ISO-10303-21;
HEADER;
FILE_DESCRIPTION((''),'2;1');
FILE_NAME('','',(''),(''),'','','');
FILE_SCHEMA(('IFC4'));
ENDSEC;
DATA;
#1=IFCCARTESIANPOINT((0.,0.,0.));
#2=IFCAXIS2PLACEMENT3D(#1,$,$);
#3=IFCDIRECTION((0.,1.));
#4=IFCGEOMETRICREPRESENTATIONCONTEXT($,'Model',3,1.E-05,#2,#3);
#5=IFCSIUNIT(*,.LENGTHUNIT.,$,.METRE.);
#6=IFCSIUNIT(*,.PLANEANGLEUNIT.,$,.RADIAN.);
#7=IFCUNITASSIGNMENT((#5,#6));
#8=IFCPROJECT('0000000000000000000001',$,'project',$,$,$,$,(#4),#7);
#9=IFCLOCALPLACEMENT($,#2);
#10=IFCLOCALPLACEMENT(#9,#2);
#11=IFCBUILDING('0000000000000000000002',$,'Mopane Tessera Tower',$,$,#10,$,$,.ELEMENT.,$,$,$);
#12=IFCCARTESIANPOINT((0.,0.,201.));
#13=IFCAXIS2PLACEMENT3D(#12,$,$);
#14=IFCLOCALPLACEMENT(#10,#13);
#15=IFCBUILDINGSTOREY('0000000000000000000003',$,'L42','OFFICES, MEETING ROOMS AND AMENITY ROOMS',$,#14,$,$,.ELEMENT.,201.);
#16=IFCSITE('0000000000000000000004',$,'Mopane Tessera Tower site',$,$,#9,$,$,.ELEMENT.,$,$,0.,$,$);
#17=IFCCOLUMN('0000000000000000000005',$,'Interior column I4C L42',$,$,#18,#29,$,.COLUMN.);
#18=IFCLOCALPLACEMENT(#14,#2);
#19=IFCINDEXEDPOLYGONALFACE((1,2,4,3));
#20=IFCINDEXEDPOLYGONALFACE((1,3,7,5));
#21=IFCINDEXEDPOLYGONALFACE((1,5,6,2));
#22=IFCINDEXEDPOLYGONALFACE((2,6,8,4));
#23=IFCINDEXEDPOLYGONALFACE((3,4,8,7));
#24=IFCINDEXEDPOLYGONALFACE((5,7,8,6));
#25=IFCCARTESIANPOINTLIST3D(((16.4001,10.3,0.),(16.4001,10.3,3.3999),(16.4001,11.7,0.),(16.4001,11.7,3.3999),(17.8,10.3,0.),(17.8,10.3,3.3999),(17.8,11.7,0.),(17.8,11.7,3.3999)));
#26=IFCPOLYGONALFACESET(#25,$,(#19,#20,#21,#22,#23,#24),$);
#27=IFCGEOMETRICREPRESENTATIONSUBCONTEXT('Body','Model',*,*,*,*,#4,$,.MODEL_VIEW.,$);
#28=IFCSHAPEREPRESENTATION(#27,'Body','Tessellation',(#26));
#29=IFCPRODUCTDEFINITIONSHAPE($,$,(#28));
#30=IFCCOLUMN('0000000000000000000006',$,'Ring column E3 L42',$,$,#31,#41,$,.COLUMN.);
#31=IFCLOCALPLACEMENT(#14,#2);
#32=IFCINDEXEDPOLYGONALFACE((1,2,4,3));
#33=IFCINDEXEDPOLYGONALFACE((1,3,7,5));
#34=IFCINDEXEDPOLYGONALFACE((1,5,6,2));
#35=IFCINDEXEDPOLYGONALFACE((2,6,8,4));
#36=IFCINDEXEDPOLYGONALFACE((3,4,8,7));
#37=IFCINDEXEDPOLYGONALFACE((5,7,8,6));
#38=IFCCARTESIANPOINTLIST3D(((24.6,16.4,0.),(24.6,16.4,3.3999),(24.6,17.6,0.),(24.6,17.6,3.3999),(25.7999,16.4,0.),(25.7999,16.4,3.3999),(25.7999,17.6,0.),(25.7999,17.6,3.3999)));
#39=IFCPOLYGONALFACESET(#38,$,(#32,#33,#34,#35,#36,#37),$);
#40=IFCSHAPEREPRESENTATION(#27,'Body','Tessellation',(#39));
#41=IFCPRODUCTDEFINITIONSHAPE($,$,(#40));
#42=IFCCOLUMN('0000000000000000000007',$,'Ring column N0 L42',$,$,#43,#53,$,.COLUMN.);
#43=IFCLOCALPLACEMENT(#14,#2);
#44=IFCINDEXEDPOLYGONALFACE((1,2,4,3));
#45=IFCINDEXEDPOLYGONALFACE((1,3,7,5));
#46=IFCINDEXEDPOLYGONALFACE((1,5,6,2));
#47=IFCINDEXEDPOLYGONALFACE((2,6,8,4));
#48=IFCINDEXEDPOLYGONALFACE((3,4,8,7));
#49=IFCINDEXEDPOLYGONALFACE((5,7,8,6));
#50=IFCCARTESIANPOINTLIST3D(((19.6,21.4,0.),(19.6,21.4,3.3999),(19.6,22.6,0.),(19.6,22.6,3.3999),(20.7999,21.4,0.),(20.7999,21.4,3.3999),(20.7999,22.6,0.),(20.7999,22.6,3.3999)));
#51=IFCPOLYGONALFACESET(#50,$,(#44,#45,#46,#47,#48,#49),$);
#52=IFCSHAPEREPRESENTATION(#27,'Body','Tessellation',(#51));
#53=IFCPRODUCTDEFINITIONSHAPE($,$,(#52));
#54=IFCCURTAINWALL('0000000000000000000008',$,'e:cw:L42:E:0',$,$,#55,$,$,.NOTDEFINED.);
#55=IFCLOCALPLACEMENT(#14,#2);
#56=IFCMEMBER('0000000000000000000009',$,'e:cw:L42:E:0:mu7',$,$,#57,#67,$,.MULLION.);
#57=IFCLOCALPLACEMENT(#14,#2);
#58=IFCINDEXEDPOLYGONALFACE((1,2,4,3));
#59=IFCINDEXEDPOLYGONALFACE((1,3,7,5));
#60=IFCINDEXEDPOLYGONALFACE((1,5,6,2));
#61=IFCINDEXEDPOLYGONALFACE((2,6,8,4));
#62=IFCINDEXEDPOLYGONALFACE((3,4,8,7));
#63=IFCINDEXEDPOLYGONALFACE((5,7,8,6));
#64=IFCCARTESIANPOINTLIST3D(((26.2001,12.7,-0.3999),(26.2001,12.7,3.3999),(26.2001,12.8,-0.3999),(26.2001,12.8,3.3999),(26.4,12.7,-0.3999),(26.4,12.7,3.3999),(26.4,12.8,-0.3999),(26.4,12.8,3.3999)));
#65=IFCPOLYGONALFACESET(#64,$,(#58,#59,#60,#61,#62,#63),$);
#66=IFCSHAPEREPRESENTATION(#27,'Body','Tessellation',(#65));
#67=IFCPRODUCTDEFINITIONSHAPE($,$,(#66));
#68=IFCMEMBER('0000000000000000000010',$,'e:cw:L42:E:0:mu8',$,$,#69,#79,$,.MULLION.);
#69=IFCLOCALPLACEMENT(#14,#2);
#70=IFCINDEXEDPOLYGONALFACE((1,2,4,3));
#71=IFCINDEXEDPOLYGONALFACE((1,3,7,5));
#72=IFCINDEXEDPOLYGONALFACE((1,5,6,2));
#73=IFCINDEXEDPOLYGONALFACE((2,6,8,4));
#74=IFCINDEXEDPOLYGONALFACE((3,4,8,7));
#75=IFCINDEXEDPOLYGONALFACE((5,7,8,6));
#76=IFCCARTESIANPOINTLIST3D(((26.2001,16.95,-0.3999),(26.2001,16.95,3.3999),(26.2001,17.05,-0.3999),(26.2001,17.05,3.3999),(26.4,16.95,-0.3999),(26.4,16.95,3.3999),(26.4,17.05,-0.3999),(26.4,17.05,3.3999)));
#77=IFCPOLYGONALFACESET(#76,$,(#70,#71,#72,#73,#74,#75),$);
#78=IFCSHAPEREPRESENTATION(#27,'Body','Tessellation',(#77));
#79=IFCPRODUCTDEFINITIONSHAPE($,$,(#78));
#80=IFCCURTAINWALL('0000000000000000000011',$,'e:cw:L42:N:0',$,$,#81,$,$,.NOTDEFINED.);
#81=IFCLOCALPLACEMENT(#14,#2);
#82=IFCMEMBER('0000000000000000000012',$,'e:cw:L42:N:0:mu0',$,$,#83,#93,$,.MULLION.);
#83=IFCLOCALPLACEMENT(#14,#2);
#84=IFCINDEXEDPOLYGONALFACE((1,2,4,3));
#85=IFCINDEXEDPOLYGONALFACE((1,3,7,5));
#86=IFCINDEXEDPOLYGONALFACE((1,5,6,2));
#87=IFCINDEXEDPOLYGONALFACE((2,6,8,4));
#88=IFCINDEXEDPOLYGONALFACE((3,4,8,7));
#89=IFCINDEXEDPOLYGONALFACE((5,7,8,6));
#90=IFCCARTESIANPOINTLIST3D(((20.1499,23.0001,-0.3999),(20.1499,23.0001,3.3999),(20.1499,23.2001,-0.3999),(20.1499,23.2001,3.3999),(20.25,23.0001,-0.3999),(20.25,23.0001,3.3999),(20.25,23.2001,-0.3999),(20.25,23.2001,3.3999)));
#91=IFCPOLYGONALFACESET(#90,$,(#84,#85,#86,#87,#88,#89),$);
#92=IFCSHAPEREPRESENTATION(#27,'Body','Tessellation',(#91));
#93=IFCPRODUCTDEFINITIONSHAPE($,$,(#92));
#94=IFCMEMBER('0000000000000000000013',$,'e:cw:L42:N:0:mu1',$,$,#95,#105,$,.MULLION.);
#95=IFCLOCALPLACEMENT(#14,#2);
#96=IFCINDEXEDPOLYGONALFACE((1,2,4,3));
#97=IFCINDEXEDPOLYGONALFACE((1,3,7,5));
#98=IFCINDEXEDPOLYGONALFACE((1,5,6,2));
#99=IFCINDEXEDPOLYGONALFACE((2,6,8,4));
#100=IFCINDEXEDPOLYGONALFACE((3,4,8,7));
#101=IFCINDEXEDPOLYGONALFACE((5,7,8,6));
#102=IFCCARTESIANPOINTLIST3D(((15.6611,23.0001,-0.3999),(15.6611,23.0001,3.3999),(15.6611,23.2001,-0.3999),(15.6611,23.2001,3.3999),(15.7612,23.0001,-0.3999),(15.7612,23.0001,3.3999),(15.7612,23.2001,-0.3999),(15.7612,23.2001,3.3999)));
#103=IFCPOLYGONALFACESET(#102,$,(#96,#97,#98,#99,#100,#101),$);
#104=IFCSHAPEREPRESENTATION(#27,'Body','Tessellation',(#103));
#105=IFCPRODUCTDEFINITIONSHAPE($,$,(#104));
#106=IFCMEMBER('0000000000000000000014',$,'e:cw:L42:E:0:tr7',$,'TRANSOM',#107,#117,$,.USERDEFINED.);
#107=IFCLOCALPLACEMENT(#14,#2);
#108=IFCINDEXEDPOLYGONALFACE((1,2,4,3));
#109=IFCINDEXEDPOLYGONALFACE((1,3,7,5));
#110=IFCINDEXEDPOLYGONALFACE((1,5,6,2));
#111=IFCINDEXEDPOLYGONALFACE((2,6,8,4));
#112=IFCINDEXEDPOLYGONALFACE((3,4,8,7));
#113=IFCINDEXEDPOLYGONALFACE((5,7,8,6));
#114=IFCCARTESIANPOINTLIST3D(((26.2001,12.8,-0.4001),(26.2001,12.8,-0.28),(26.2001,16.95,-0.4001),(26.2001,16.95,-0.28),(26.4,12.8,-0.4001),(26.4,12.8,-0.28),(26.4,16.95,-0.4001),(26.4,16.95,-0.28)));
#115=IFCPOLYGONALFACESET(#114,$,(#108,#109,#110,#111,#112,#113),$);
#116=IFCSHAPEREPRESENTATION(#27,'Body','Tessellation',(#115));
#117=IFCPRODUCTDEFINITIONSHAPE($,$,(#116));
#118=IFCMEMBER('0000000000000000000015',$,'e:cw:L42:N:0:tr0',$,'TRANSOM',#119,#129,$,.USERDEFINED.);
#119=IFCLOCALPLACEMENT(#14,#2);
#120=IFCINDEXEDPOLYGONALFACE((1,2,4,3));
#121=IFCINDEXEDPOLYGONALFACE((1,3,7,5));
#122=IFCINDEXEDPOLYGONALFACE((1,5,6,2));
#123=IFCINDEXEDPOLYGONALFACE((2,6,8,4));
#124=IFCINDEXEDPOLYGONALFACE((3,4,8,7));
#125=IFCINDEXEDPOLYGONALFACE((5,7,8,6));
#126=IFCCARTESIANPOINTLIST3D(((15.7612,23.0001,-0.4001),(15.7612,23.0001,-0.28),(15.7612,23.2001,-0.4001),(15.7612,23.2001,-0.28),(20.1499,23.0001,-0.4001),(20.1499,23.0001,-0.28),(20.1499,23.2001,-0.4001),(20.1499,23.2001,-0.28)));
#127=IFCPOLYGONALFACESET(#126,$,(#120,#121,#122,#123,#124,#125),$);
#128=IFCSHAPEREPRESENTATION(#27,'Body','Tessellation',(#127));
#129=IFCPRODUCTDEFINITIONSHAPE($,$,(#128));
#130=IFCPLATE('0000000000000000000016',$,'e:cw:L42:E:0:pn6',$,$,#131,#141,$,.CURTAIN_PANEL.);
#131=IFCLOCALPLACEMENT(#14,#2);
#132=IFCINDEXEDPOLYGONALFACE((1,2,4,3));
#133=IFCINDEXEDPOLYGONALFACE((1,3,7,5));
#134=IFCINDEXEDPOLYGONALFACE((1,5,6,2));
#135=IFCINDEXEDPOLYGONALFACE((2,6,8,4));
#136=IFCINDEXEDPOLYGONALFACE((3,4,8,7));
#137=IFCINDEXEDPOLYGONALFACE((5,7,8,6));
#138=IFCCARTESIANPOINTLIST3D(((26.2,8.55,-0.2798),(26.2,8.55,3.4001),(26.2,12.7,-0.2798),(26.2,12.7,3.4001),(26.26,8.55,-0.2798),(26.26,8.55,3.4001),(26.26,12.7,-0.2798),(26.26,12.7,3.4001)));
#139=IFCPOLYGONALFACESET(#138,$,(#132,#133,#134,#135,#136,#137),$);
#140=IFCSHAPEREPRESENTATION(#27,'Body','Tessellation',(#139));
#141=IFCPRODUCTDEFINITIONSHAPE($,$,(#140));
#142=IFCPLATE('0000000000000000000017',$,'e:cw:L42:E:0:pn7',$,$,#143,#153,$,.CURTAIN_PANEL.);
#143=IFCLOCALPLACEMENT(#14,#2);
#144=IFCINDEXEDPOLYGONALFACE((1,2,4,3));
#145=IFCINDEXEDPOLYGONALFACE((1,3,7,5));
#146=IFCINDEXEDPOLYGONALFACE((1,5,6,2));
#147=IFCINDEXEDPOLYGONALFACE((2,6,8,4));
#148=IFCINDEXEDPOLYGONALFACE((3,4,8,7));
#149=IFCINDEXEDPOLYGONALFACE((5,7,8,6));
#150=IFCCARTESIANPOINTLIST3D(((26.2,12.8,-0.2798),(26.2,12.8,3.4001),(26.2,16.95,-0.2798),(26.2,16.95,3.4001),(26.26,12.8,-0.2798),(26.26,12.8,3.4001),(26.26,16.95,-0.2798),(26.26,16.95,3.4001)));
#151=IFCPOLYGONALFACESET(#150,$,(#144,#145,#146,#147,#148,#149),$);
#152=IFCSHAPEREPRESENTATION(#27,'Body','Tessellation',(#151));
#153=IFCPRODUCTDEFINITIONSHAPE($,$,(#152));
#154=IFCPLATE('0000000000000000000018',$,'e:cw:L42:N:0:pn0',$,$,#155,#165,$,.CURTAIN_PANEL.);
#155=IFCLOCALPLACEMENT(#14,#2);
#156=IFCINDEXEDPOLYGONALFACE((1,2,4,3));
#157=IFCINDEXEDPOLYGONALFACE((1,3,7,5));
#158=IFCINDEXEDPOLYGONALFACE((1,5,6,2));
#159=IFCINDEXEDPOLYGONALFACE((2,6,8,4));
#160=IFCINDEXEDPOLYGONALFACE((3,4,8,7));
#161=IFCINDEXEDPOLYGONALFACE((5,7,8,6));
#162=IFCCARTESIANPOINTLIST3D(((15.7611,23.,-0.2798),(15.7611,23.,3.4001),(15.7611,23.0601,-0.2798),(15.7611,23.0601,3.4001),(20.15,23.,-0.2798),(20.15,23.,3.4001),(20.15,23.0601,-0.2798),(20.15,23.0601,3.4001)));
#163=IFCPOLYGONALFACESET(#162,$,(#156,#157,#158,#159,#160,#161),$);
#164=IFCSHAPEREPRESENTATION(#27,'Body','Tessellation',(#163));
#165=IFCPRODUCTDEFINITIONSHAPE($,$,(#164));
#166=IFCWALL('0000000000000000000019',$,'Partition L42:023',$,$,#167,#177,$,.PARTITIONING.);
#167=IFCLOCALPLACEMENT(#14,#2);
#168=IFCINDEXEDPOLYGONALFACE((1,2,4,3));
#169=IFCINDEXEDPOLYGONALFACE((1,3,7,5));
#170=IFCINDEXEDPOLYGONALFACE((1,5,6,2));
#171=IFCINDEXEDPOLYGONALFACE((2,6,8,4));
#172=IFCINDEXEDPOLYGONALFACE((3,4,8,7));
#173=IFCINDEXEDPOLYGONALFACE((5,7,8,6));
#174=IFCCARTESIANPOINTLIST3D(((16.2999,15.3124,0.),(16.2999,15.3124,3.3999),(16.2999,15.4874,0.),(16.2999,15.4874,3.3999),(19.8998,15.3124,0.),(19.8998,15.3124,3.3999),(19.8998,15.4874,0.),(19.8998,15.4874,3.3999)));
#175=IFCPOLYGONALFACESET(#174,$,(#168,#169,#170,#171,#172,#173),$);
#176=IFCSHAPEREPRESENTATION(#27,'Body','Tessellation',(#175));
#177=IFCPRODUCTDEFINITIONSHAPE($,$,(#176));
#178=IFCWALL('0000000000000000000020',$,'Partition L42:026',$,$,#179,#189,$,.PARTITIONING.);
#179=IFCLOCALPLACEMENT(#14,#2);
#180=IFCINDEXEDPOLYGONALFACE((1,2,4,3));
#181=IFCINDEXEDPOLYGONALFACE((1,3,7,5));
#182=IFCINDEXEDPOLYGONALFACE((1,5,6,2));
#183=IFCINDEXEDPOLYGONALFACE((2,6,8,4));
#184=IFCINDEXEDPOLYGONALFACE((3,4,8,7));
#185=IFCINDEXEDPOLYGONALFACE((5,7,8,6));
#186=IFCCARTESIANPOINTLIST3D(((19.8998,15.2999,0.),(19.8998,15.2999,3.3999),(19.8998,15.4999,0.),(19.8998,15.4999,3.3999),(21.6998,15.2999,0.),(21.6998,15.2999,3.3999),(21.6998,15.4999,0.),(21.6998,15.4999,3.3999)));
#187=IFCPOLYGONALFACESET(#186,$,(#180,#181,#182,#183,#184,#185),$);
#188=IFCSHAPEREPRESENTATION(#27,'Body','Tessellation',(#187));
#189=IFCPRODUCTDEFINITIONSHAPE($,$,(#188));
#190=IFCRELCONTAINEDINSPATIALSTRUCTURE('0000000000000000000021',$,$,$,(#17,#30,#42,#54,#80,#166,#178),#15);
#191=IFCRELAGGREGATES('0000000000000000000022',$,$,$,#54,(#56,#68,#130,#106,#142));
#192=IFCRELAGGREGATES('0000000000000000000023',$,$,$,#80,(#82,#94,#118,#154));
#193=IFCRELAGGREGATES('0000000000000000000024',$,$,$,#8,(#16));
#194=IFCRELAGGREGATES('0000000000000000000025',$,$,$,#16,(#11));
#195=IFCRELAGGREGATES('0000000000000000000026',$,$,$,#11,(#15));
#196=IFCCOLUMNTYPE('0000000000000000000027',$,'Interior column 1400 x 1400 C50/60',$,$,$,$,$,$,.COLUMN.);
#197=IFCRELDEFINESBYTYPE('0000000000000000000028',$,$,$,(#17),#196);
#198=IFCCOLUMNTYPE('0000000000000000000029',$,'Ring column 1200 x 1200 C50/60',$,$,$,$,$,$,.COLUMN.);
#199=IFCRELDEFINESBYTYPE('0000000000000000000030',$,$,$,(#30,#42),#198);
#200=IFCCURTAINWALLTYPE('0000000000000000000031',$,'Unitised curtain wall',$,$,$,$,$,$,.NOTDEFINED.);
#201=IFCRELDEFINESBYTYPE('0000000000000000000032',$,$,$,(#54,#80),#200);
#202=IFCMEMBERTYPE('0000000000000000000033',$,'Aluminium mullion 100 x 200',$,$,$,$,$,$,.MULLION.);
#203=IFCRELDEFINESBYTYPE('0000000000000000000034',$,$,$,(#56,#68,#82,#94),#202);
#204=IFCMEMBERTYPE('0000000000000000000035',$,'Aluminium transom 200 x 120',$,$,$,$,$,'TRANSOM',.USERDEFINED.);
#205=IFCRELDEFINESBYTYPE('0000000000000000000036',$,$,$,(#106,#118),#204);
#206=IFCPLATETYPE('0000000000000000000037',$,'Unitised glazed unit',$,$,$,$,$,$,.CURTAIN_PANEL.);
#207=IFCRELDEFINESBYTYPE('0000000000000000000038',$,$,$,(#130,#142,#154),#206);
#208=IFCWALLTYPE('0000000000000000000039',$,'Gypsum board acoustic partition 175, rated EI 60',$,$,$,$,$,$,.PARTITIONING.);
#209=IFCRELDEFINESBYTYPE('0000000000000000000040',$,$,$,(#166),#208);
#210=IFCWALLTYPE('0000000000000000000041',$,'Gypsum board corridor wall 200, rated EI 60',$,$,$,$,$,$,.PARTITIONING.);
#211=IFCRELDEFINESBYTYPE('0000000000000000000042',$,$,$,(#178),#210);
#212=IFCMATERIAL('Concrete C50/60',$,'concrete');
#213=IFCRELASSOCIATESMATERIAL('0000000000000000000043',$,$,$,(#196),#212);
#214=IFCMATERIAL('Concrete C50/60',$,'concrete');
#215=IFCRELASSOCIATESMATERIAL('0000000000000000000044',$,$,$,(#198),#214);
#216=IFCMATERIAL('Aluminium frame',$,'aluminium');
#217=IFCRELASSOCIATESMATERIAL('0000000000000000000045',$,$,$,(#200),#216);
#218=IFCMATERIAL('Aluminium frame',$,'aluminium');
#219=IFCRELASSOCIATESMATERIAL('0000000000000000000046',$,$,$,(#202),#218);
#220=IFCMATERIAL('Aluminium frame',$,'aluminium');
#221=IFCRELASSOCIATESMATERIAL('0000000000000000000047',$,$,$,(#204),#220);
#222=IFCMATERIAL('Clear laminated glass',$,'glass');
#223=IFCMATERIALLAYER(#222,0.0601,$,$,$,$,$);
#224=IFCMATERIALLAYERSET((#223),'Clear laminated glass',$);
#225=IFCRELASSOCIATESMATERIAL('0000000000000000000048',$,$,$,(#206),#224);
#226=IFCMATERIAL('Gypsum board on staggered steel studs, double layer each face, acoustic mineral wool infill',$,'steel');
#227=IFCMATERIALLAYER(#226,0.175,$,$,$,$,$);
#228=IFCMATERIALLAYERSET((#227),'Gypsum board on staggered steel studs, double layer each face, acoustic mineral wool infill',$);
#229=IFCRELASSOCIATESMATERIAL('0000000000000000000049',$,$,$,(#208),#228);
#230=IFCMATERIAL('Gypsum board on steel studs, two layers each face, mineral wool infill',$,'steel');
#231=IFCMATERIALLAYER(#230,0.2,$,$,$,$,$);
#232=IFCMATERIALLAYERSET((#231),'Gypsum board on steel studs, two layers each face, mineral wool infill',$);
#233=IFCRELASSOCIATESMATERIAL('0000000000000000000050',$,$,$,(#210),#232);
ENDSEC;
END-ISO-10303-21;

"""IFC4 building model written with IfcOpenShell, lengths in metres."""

from ifc_helpers import new_model, si_unit, direction, frame, frame_2d, origin, origin_2d, place, context, subcontext, project, spatial, rectangle, extrude, material, layer, layer_set, material_profile, profile_set, type_object, element, aggregate, save


model = new_model("IFC4")

# Units and contexts
model_context = context("Model", 3, precision=1e-05, world=origin(), true_north=direction((0.0, 1.0)))
body_context = subcontext(model_context, "Body", "Model", "MODEL_VIEW")
ifc_project = project(units=[si_unit("LENGTHUNIT", "METRE"), si_unit("PLANEANGLEUNIT", "RADIAN")], contexts=[model_context])

# Site, building, storey
site_placement = place(None, origin())
site = spatial("IfcSite", under=ifc_project, at=site_placement, Name="Mopane Tessera Tower site", CompositionType="ELEMENT", RefElevation=0.0)
building_placement = place(site_placement, origin())
building = spatial("IfcBuilding", under=site, at=building_placement, Name="Mopane Tessera Tower", CompositionType="ELEMENT")
storey_placement = place(building_placement, frame((0.0, 0.0, 201.0)))
storey = spatial("IfcBuildingStorey", under=building, at=storey_placement, Name="L42", Description="OFFICES, MEETING ROOMS AND AMENITY ROOMS", CompositionType="ELEMENT", Elevation=201.0)

# Columns
ifc_material_1 = material(Name="Concrete C50/60", Category="concrete")
ifc_material_profile_1 = material_profile(ifc_material_1, rectangle(XDim=1.3999, YDim=1.3999, at=origin_2d()))
ifc_profile_set_1 = profile_set([ifc_material_profile_1], Name="Concrete C50/60")
column_type_1 = type_object("IfcColumnType", Name="Interior column 1400 x 1400 C50/60", PredefinedType="COLUMN", material=ifc_profile_set_1)
column_placement = place(storey_placement, frame((17.1001, 11.0, 0.0), z_axis=(0.0, 0.0, 1.0), x_axis=(1.0, 0.0, 0.0)))
element("IfcColumn", 1, at=column_placement, inside=storey, type_object=column_type_1, Name="Interior column I4C L42", PredefinedType="COLUMN", context=body_context, shape_type="SweptSolid", body=[
    extrude(rectangle(XDim=1.3999, YDim=1.3999, at=origin_2d()), origin(), (0.0, 0.0, 1.0), 3.3999),
])
ifc_material_2 = material(Name="Concrete C50/60", Category="concrete")
ifc_material_profile_2 = material_profile(ifc_material_2, rectangle(XDim=1.2, YDim=1.2, at=origin_2d()))
ifc_profile_set_2 = profile_set([ifc_material_profile_2], Name="Concrete C50/60")
column_type_2 = type_object("IfcColumnType", Name="Ring column 1200 x 1200 C50/60", PredefinedType="COLUMN", material=ifc_profile_set_2)
for number, where, z_axis, x_axis, name in (
    (2, (25.2, 17.0, 0.0), (0.0, 0.0, 1.0), (1.0, 0.0, 0.0), "Ring column E3 L42"),
    (3, (20.2, 22.0, 0.0), (0.0, 0.0, 1.0), (1.0, 0.0, 0.0), "Ring column N0 L42"),
):
    element("IfcColumn", number, at=place(storey_placement, frame(where, z_axis=z_axis, x_axis=x_axis)), inside=storey, type_object=column_type_2, Name=name, PredefinedType="COLUMN", context=body_context, shape_type="SweptSolid", body=[
        extrude(rectangle(XDim=1.2, YDim=1.2, at=origin_2d()), origin(), (0.0, 0.0, 1.0), 3.3999),
    ])

# Curtain walls, members
ifc_material_3 = material(Name="Aluminium frame", Category="aluminium")
curtain_wall_type = type_object("IfcCurtainWallType", Name="Unitised curtain wall", PredefinedType="NOTDEFINED", material=ifc_material_3)
curtain_wall_1_placement = place(storey_placement, origin())
curtain_wall_1 = element("IfcCurtainWall", 4, at=curtain_wall_1_placement, inside=storey, type_object=curtain_wall_type, Name="e:cw:L42:E:0", PredefinedType="NOTDEFINED")
ifc_material_4 = material(Name="Aluminium frame", Category="aluminium")
ifc_material_profile_3 = material_profile(ifc_material_4, rectangle(XDim=0.1001, YDim=0.2, at=origin_2d()))
ifc_profile_set_3 = profile_set([ifc_material_profile_3], Name="Aluminium frame")
member_type_1 = type_object("IfcMemberType", Name="Aluminium mullion 100 x 200", PredefinedType="MULLION", material=ifc_profile_set_3)
member_1_placement = place(storey_placement, frame((26.3, 12.75, -0.3999), z_axis=(0.0, 0.0, 1.0), x_axis=(0.0, 1.0, 0.0)))
member_1 = element("IfcMember", 5, at=member_1_placement, type_object=member_type_1, Name="e:cw:L42:E:0:mu7", PredefinedType="MULLION", context=body_context, shape_type="SweptSolid", body=[
    extrude(rectangle(XDim=0.1001, YDim=0.2, at=origin_2d()), origin(), (0.0, 0.0, 1.0), 3.7998),
])
member_2_placement = place(storey_placement, frame((26.3, 17.0, -0.3999), z_axis=(0.0, 0.0, 1.0), x_axis=(0.0, 1.0, 0.0)))
member_2 = element("IfcMember", 6, at=member_2_placement, type_object=member_type_1, Name="e:cw:L42:E:0:mu8", PredefinedType="MULLION", context=body_context, shape_type="SweptSolid", body=[
    extrude(rectangle(XDim=0.1001, YDim=0.2, at=origin_2d()), origin(), (0.0, 0.0, 1.0), 3.7998),
])
curtain_wall_2_placement = place(storey_placement, origin())
curtain_wall_2 = element("IfcCurtainWall", 7, at=curtain_wall_2_placement, inside=storey, type_object=curtain_wall_type, Name="e:cw:L42:N:0", PredefinedType="NOTDEFINED")
member_3_placement = place(storey_placement, frame((20.2, 23.1001, -0.3999), z_axis=(0.0, 0.0, 1.0), x_axis=(-1.0, 0.0, 0.0)))
member_3 = element("IfcMember", 8, at=member_3_placement, type_object=member_type_1, Name="e:cw:L42:N:0:mu0", PredefinedType="MULLION", context=body_context, shape_type="SweptSolid", body=[
    extrude(rectangle(XDim=0.1001, YDim=0.2, at=origin_2d()), origin(), (0.0, 0.0, 1.0), 3.7998),
])
member_4_placement = place(storey_placement, frame((15.7112, 23.1001, -0.3999), z_axis=(0.0, 0.0, 1.0), x_axis=(-1.0, 0.0, 0.0)))
member_4 = element("IfcMember", 9, at=member_4_placement, type_object=member_type_1, Name="e:cw:L42:N:0:mu1", PredefinedType="MULLION", context=body_context, shape_type="SweptSolid", body=[
    extrude(rectangle(XDim=0.1001, YDim=0.2, at=origin_2d()), origin(), (0.0, 0.0, 1.0), 3.7998),
])

# Members
ifc_material_5 = material(Name="Aluminium frame", Category="aluminium")
ifc_material_profile_4 = material_profile(ifc_material_5, rectangle(XDim=0.2, YDim=0.1201, at=origin_2d()))
ifc_profile_set_4 = profile_set([ifc_material_profile_4], Name="Aluminium frame")
member_type_2 = type_object("IfcMemberType", Name="Aluminium transom 200 x 120", ElementType="TRANSOM", PredefinedType="USERDEFINED", material=ifc_profile_set_4)
member_5_placement = place(storey_placement, frame((26.3, 12.8, -0.3401), z_axis=(0.0, 1.0, 0.0), x_axis=(-1.0, 0.0, 0.0)))
member_5 = element("IfcMember", 10, at=member_5_placement, type_object=member_type_2, Name="e:cw:L42:E:0:tr7", ObjectType="TRANSOM", PredefinedType="USERDEFINED", context=body_context, shape_type="SweptSolid", body=[
    extrude(rectangle(XDim=0.2, YDim=0.1201, at=origin_2d()), origin(), (0.0, 0.0, 1.0), 4.1499),
])
member_6_placement = place(storey_placement, frame((20.1499, 23.1001, -0.3401), z_axis=(-1.0, 0.0, 0.0), x_axis=(0.0, -1.0, 0.0)))
member_6 = element("IfcMember", 11, at=member_6_placement, type_object=member_type_2, Name="e:cw:L42:N:0:tr0", ObjectType="TRANSOM", PredefinedType="USERDEFINED", context=body_context, shape_type="SweptSolid", body=[
    extrude(rectangle(XDim=0.2, YDim=0.1201, at=origin_2d()), origin(), (0.0, 0.0, 1.0), 4.3887),
])

# Plates
ifc_material_6 = material(Name="Clear laminated glass", Category="glass")
ifc_layer_1 = layer(ifc_material_6, 0.0601)
ifc_layer_set_1 = layer_set([ifc_layer_1], Name="Clear laminated glass")
plate_type = type_object("IfcPlateType", Name="Unitised glazed unit", PredefinedType="CURTAIN_PANEL", material=ifc_layer_set_1)
plate_1_placement = place(storey_placement, frame((26.23, 10.625, -0.2798), z_axis=(0.0, 0.0, 1.0), x_axis=(0.0, 1.0, 0.0)))
plate_1 = element("IfcPlate", 12, at=plate_1_placement, type_object=plate_type, Name="e:cw:L42:E:0:pn6", PredefinedType="CURTAIN_PANEL", context=body_context, shape_type="SweptSolid", body=[
    extrude(rectangle(XDim=4.1499, YDim=0.0601, at=origin_2d()), origin(), (0.0, 0.0, 1.0), 3.6799),
])
plate_2_placement = place(storey_placement, frame((26.23, 14.875, -0.2798), z_axis=(0.0, 0.0, 1.0), x_axis=(0.0, 1.0, 0.0)))
plate_2 = element("IfcPlate", 13, at=plate_2_placement, type_object=plate_type, Name="e:cw:L42:E:0:pn7", PredefinedType="CURTAIN_PANEL", context=body_context, shape_type="SweptSolid", body=[
    extrude(rectangle(XDim=4.1499, YDim=0.0601, at=origin_2d()), origin(), (0.0, 0.0, 1.0), 3.6799),
])
aggregate(curtain_wall_1, [member_1, member_2, plate_1, member_5, plate_2])
plate_3_placement = place(storey_placement, frame((17.9556, 23.03, -0.2798), z_axis=(0.0, 0.0, 1.0), x_axis=(-1.0, 0.0, 0.0)))
plate_3 = element("IfcPlate", 14, at=plate_3_placement, type_object=plate_type, Name="e:cw:L42:N:0:pn0", PredefinedType="CURTAIN_PANEL", context=body_context, shape_type="SweptSolid", body=[
    extrude(rectangle(XDim=4.3889, YDim=0.0601, at=origin_2d()), origin(), (0.0, 0.0, 1.0), 3.6799),
])
aggregate(curtain_wall_2, [member_3, member_4, member_6, plate_3])

# Walls
ifc_material_7 = material(Name="Gypsum board on staggered steel studs, double layer each face, acoustic mineral wool infill", Category="steel")
ifc_layer_2 = layer(ifc_material_7, 0.175)
ifc_layer_set_2 = layer_set([ifc_layer_2], Name="Gypsum board on staggered steel studs, double layer each face, acoustic mineral wool infill")
wall_type_1 = type_object("IfcWallType", Name="Gypsum board acoustic partition 175, rated EI 60", PredefinedType="PARTITIONING", material=ifc_layer_set_2)
wall_1_placement = place(storey_placement, frame((16.3, 15.3999, 0.0), z_axis=(0.0, 0.0, 1.0), x_axis=(1.0, 0.0, 0.0)))
element("IfcWall", 15, at=wall_1_placement, inside=storey, type_object=wall_type_1, Name="Partition L42:023", PredefinedType="PARTITIONING", context=body_context, shape_type="SweptSolid", body=[
    extrude(rectangle(XDim=3.5999, YDim=0.175, at=frame_2d((1.7998, 0.0))), origin(), (0.0, 0.0, 1.0), 3.3999),
])
ifc_material_8 = material(Name="Gypsum board on steel studs, two layers each face, mineral wool infill", Category="steel")
ifc_layer_3 = layer(ifc_material_8, 0.2)
ifc_layer_set_3 = layer_set([ifc_layer_3], Name="Gypsum board on steel studs, two layers each face, mineral wool infill")
wall_type_2 = type_object("IfcWallType", Name="Gypsum board corridor wall 200, rated EI 60", PredefinedType="PARTITIONING", material=ifc_layer_set_3)
wall_2_placement = place(storey_placement, frame((19.8999, 15.3999, 0.0), z_axis=(0.0, 0.0, 1.0), x_axis=(1.0, 0.0, 0.0)))
element("IfcWall", 16, at=wall_2_placement, inside=storey, type_object=wall_type_2, Name="Partition L42:026", PredefinedType="PARTITIONING", context=body_context, shape_type="SweptSolid", body=[
    extrude(rectangle(XDim=1.8, YDim=0.2, at=frame_2d((0.8999, 0.0))), origin(), (0.0, 0.0, 1.0), 3.3999),
])

save(model, "model.ifc")
